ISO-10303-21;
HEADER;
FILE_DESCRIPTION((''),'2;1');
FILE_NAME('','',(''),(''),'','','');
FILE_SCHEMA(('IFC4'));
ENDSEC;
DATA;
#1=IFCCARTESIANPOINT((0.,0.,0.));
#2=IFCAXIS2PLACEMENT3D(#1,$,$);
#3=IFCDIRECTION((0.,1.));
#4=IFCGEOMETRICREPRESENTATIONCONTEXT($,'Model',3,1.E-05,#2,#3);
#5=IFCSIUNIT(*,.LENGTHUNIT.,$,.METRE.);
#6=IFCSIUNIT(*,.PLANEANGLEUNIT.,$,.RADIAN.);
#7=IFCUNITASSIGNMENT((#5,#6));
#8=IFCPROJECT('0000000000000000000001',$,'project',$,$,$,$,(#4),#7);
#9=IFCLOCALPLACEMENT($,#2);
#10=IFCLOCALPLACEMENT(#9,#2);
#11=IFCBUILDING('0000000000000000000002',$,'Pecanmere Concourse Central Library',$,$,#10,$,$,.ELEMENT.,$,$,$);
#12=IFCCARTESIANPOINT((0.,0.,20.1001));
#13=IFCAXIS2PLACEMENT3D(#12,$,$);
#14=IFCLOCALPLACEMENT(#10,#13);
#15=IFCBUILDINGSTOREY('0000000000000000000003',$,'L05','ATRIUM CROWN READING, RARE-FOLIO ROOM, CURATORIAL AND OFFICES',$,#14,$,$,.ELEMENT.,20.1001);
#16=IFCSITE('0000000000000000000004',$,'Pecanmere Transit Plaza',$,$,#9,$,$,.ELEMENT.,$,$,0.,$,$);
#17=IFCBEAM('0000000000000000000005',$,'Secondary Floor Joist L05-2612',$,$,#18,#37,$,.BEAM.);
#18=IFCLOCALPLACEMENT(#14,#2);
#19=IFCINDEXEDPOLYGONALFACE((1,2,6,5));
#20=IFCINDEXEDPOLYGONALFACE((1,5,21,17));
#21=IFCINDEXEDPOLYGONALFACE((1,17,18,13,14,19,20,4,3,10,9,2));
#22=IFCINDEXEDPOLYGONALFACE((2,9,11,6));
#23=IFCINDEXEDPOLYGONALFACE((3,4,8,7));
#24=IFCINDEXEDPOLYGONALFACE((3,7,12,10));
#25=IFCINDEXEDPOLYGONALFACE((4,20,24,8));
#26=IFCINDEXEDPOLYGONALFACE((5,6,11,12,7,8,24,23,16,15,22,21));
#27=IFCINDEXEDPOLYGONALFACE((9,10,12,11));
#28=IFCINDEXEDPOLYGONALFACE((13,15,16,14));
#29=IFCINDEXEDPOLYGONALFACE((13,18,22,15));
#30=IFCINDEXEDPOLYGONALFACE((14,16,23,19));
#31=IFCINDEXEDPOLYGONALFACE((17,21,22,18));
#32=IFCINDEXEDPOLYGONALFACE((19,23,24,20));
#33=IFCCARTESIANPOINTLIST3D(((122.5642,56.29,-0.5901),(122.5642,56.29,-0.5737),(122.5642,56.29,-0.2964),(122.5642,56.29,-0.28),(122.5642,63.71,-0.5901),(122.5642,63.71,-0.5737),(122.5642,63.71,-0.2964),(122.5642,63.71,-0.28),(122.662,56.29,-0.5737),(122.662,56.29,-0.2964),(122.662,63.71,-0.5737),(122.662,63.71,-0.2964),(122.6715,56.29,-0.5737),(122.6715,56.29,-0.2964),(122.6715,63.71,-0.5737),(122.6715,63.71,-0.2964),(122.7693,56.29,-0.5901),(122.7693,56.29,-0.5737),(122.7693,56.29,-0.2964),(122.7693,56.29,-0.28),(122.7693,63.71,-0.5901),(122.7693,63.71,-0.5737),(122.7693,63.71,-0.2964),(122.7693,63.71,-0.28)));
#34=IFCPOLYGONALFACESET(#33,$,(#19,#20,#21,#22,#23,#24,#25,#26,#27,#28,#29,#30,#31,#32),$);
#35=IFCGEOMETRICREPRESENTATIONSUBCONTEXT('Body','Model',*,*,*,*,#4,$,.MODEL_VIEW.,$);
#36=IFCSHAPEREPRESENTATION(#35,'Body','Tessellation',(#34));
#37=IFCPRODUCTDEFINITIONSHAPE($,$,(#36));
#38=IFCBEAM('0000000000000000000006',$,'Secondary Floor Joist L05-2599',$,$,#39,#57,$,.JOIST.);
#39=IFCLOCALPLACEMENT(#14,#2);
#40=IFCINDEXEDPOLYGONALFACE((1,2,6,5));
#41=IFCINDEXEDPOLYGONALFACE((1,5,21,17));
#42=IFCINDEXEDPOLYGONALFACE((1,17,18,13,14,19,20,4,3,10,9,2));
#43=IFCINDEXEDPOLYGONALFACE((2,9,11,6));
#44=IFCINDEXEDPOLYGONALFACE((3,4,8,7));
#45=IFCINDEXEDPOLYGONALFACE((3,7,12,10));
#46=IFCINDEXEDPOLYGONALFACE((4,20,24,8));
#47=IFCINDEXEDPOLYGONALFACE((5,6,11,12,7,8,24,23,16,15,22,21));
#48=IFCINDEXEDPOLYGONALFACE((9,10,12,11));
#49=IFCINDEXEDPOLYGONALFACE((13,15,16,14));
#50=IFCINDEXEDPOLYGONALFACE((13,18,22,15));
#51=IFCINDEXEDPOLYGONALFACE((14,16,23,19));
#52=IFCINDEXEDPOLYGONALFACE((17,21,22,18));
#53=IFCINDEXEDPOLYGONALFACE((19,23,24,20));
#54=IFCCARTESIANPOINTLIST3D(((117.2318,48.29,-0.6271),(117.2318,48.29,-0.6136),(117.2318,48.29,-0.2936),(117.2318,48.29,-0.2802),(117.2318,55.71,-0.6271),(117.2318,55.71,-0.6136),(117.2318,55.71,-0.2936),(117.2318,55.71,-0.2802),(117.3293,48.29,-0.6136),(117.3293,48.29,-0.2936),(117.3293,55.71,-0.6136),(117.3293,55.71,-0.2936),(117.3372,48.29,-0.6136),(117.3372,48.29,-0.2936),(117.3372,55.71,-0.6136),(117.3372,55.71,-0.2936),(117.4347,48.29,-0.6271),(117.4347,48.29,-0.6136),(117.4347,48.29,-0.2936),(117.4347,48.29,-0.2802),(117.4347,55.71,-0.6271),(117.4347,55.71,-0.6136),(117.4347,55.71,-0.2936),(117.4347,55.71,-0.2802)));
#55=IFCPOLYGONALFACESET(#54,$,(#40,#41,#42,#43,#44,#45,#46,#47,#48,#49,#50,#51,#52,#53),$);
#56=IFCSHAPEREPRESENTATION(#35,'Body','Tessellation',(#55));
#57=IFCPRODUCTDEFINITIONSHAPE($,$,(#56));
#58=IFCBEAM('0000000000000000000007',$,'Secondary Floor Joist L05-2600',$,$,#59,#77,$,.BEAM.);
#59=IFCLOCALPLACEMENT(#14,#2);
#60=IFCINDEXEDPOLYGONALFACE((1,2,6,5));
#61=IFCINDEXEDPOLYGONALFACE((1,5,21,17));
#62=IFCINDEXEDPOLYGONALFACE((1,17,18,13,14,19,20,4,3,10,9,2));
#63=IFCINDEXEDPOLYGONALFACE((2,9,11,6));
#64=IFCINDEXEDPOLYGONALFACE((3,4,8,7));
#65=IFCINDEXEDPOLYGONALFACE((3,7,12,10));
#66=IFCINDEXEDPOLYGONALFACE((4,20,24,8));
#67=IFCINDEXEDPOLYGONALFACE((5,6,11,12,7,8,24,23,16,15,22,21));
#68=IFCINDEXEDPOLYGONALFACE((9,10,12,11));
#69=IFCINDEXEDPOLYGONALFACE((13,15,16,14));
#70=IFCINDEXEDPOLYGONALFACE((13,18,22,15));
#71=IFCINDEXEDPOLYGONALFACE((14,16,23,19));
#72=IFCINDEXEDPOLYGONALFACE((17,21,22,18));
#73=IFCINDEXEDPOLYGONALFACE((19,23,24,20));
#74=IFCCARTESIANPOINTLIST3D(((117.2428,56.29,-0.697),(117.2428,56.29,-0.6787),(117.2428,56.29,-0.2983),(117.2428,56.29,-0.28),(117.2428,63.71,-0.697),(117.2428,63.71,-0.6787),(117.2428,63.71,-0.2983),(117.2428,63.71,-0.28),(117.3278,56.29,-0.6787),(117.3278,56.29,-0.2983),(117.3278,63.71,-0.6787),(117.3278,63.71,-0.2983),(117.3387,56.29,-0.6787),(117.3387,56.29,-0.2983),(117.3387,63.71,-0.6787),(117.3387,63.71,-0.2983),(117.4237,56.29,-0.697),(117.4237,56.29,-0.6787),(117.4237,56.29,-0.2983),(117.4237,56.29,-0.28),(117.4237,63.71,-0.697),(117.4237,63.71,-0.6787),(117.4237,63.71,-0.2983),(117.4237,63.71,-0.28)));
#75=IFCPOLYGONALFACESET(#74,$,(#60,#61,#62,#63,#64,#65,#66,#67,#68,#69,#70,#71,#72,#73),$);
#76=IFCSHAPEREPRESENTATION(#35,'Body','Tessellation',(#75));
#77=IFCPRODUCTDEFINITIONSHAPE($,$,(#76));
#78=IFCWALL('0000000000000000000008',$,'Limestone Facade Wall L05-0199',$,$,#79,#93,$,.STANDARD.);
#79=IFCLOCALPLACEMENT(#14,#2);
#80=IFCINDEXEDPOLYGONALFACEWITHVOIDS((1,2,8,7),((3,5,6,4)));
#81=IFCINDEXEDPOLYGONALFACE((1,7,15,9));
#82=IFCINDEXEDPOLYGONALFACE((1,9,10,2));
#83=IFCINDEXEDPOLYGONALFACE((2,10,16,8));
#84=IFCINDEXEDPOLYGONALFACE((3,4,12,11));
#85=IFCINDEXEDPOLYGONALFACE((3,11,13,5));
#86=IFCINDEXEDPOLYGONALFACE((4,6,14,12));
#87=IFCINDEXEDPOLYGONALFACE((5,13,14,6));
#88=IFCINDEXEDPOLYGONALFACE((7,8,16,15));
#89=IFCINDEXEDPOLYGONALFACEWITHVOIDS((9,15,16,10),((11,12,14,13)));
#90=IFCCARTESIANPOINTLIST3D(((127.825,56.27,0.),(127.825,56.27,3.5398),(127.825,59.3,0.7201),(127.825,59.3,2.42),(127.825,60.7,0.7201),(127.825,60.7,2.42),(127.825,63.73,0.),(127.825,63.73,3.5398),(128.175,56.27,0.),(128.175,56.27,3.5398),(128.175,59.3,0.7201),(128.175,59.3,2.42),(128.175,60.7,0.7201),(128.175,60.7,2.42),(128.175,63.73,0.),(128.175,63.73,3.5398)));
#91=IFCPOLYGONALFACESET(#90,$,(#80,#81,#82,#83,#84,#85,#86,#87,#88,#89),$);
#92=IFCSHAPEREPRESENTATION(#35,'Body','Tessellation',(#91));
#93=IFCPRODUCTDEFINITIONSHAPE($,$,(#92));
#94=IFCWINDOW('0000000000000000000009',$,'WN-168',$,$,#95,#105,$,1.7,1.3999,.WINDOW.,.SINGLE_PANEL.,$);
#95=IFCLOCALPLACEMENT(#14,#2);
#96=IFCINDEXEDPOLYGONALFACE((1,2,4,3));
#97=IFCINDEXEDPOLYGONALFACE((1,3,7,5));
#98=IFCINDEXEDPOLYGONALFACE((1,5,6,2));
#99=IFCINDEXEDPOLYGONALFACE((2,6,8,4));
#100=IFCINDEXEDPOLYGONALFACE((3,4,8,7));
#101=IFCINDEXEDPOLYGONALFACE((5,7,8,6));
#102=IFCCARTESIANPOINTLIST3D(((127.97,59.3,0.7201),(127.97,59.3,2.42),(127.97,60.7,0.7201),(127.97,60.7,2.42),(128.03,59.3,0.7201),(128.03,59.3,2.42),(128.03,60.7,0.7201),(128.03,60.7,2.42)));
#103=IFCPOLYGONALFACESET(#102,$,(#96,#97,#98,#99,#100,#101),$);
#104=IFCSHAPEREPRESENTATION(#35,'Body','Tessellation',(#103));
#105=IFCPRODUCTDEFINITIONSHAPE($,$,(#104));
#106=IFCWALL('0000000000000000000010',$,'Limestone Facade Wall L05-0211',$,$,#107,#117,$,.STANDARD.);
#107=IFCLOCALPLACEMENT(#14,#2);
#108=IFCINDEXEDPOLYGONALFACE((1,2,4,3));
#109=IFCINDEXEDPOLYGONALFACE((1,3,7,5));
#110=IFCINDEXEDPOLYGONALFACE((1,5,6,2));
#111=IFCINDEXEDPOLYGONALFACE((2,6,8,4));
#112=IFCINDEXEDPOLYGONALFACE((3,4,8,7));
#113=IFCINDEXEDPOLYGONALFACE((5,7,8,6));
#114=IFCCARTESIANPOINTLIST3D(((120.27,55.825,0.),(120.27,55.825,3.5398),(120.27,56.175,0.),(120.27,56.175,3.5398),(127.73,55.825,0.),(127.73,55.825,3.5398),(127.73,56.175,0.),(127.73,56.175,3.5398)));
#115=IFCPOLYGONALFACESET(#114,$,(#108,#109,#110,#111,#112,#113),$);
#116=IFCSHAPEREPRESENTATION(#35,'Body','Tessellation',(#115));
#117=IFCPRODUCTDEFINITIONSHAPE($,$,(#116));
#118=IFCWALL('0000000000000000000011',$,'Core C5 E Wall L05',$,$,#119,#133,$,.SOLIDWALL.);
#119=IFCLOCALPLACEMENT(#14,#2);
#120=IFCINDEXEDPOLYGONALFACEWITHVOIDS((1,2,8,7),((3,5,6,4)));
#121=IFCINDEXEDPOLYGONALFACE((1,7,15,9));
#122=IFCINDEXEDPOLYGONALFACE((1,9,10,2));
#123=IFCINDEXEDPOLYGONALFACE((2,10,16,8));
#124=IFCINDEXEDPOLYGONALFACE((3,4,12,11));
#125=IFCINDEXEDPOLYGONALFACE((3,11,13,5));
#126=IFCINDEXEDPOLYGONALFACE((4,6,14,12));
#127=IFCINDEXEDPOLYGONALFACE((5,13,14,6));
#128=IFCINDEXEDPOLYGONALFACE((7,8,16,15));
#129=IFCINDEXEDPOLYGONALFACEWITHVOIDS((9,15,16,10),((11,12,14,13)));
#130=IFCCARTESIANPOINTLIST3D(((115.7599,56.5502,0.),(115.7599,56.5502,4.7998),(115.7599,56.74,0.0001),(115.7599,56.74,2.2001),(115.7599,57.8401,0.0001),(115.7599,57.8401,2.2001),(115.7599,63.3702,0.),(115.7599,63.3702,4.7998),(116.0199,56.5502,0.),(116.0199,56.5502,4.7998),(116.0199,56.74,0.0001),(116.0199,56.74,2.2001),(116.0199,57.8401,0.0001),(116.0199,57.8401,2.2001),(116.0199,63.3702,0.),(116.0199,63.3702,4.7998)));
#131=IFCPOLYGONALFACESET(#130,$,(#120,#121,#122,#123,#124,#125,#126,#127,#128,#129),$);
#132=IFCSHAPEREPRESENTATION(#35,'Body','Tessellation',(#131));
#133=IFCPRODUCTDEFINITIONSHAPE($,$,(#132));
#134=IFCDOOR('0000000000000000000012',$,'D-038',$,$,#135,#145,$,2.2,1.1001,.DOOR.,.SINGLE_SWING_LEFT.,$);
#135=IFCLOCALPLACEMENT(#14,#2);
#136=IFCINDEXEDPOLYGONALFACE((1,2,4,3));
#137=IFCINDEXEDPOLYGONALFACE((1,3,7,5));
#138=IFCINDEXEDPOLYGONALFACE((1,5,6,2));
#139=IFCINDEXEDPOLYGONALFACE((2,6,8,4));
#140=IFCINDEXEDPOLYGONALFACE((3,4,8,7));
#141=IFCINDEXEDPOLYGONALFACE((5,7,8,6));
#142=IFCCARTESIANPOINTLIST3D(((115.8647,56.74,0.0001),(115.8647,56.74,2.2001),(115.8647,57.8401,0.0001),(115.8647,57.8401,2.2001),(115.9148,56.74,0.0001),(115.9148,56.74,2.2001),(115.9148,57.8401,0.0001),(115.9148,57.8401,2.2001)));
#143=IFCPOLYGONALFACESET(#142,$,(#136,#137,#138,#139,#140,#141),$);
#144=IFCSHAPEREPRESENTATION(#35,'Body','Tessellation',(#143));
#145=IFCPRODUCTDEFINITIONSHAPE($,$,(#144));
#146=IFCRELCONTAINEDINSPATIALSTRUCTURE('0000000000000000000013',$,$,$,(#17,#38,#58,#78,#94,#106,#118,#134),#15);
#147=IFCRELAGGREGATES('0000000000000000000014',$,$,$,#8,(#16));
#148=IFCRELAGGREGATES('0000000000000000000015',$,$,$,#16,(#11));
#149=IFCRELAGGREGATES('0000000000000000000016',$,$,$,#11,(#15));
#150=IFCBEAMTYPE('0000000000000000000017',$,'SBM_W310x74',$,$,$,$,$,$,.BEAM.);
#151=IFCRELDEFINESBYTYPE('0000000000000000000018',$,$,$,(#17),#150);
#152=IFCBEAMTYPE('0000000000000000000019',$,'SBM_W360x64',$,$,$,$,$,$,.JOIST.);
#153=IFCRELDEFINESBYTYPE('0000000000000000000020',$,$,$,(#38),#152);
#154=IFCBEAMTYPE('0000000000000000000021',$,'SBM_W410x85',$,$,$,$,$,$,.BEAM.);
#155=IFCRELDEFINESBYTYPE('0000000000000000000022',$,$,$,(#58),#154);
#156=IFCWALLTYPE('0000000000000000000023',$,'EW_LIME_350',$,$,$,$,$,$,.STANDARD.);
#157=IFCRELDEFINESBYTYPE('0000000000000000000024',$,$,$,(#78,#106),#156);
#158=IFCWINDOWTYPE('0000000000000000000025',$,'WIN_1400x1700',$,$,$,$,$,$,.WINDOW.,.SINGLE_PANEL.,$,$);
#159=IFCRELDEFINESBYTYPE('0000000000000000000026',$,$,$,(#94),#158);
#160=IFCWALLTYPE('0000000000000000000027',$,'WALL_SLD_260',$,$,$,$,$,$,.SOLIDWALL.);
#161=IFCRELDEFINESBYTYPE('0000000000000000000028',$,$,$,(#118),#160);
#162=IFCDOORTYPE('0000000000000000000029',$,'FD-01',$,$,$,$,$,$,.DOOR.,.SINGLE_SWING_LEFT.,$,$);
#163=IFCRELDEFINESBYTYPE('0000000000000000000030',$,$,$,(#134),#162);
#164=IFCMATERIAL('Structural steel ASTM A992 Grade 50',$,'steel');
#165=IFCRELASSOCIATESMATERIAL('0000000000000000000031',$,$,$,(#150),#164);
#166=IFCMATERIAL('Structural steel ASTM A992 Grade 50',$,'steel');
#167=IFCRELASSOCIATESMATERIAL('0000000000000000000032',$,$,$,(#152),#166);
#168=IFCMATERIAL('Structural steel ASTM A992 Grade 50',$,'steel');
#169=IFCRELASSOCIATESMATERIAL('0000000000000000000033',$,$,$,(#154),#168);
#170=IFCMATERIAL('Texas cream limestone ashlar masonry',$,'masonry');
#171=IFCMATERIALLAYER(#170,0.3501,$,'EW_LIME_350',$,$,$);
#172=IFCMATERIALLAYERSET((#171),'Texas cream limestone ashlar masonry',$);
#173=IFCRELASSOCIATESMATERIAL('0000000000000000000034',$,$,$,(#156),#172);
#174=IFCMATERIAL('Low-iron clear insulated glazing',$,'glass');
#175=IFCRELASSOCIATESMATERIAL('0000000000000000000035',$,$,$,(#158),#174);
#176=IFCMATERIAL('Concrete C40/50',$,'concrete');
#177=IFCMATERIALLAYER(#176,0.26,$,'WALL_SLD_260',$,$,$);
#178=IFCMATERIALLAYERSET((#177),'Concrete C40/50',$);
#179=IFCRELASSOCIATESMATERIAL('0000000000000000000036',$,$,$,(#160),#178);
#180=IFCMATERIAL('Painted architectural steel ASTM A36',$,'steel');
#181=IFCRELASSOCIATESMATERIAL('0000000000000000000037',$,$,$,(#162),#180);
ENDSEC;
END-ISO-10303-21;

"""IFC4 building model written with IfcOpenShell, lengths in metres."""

from ifc_helpers import new_model, si_unit, direction, frame, frame_2d, origin, origin_2d, place, context, subcontext, project, spatial, rectangle, i_section, extrude, material, layer, layer_set, material_profile, profile_set, type_object, element, fill, save


model = new_model("IFC4")

# Units and contexts
model_context = context("Model", 3, precision=1e-05, world=origin(), true_north=direction((0.0, 1.0)))
body_context = subcontext(model_context, "Body", "Model", "MODEL_VIEW")
ifc_project = project(units=[si_unit("LENGTHUNIT", "METRE"), si_unit("PLANEANGLEUNIT", "RADIAN")], contexts=[model_context])

# Site, building, storey
site_placement = place(None, origin())
site = spatial("IfcSite", under=ifc_project, at=site_placement, Name="Pecanmere Transit Plaza", CompositionType="ELEMENT", RefElevation=0.0)
building_placement = place(site_placement, origin())
building = spatial("IfcBuilding", under=site, at=building_placement, Name="Pecanmere Concourse Central Library", CompositionType="ELEMENT")
storey_placement = place(building_placement, frame((0.0, 0.0, 20.1001)))
storey = spatial("IfcBuildingStorey", under=building, at=storey_placement, Name="L05", Description="ATRIUM CROWN READING, RARE-FOLIO ROOM, CURATORIAL AND OFFICES", CompositionType="ELEMENT", Elevation=20.1001)

# Beams
ifc_material_1 = material(Name="Structural steel ASTM A992 Grade 50", Category="steel")
ifc_material_profile_1 = material_profile(ifc_material_1, i_section(OverallWidth=0.2051, OverallDepth=0.3101, WebThickness=0.0095, FlangeThickness=0.0164, at=origin_2d()), Name="W310x74")
ifc_profile_set_1 = profile_set([ifc_material_profile_1], Name="Structural steel ASTM A992 Grade 50")
beam_type_1 = type_object("IfcBeamType", Name="SBM_W310x74", PredefinedType="BEAM", material=ifc_profile_set_1)
beam_1_placement = place(storey_placement, frame((122.6667, 56.29, -0.4351), z_axis=(0.0, 1.0, 0.0), x_axis=(-1.0, 0.0, 0.0)))
element("IfcBeam", 1, at=beam_1_placement, inside=storey, type_object=beam_type_1, Name="Secondary Floor Joist L05-2612", PredefinedType="BEAM", context=body_context, shape_type="SweptSolid", body=[
    extrude(i_section(OverallWidth=0.2051, OverallDepth=0.3101, WebThickness=0.0095, FlangeThickness=0.0164, at=origin_2d()), origin(), (0.0, 0.0, 1.0), 7.4199),
])
ifc_material_2 = material(Name="Structural steel ASTM A992 Grade 50", Category="steel")
ifc_material_profile_2 = material_profile(ifc_material_2, i_section(OverallWidth=0.2029, OverallDepth=0.3469, WebThickness=0.0078, FlangeThickness=0.0134, at=origin_2d()), Name="W360x64")
ifc_profile_set_2 = profile_set([ifc_material_profile_2], Name="Structural steel ASTM A992 Grade 50")
beam_type_2 = type_object("IfcBeamType", Name="SBM_W360x64", PredefinedType="JOIST", material=ifc_profile_set_2)
beam_2_placement = place(storey_placement, frame((117.3333, 48.29, -0.4536), z_axis=(0.0, 1.0, 0.0), x_axis=(-1.0, 0.0, 0.0)))
element("IfcBeam", 2, at=beam_2_placement, inside=storey, type_object=beam_type_2, Name="Secondary Floor Joist L05-2599", PredefinedType="JOIST", context=body_context, shape_type="SweptSolid", body=[
    extrude(i_section(OverallWidth=0.2029, OverallDepth=0.3469, WebThickness=0.0078, FlangeThickness=0.0134, at=origin_2d()), origin(), (0.0, 0.0, 1.0), 7.4199),
])
ifc_material_3 = material(Name="Structural steel ASTM A992 Grade 50", Category="steel")
ifc_material_profile_3 = material_profile(ifc_material_3, i_section(OverallWidth=0.1809, OverallDepth=0.417, WebThickness=0.011, FlangeThickness=0.0183, at=origin_2d()), Name="W410x85")
ifc_profile_set_3 = profile_set([ifc_material_profile_3], Name="Structural steel ASTM A992 Grade 50")
beam_type_3 = type_object("IfcBeamType", Name="SBM_W410x85", PredefinedType="BEAM", material=ifc_profile_set_3)
beam_3_placement = place(storey_placement, frame((117.3333, 56.29, -0.4885), z_axis=(0.0, 1.0, 0.0), x_axis=(-1.0, 0.0, 0.0)))
element("IfcBeam", 3, at=beam_3_placement, inside=storey, type_object=beam_type_3, Name="Secondary Floor Joist L05-2600", PredefinedType="BEAM", context=body_context, shape_type="SweptSolid", body=[
    extrude(i_section(OverallWidth=0.1809, OverallDepth=0.417, WebThickness=0.011, FlangeThickness=0.0183, at=origin_2d()), origin(), (0.0, 0.0, 1.0), 7.4199),
])

# Wall, opening, window
ifc_material_4 = material(Name="Texas cream limestone ashlar masonry", Category="masonry")
ifc_layer_1 = layer(ifc_material_4, 0.3501, Name="EW_LIME_350")
ifc_layer_set_1 = layer_set([ifc_layer_1], Name="Texas cream limestone ashlar masonry")
wall_type_1 = type_object("IfcWallType", Name="EW_LIME_350", PredefinedType="STANDARD", material=ifc_layer_set_1)
wall_1_placement = place(storey_placement, frame((128.0, 56.27, 0.0), z_axis=(0.0, 0.0, 1.0), x_axis=(0.0, 1.0, 0.0)))
wall_1 = element("IfcWall", 4, at=wall_1_placement, inside=storey, type_object=wall_type_1, Name="Limestone Facade Wall L05-0199", PredefinedType="STANDARD", context=body_context, shape_type="SweptSolid", body=[
    extrude(rectangle(XDim=7.46, YDim=0.3501, at=frame_2d((3.73, 0.0))), origin(), (0.0, 0.0, 1.0), 3.5398),
])
opening_1_placement = place(wall_1_placement, frame((3.03, 0.0, 0.72)))
opening_1 = element("IfcOpeningElement", 5, at=opening_1_placement, cuts=wall_1, PredefinedType="OPENING", context=body_context, shape_type="SweptSolid", body=[
    extrude(rectangle(XDim=1.3999, YDim=1.7, at=frame_2d((0.7, 0.8501))), frame((0.0, 0.187, 0.0), z_axis=(0.0, -1.0, 0.0), x_axis=(1.0, 0.0, 0.0)), (0.0, 0.0, 1.0), 0.374),
])
ifc_material_5 = material(Name="Low-iron clear insulated glazing", Category="glass")
window_type = type_object("IfcWindowType", Name="WIN_1400x1700", PartitioningType="SINGLE_PANEL", PredefinedType="WINDOW", material=ifc_material_5)
window_placement = place(opening_1_placement, origin())
window = element("IfcWindow", 6, at=window_placement, inside=storey, type_object=window_type, Name="WN-168", OverallHeight=1.7, OverallWidth=1.3999, PartitioningType="SINGLE_PANEL", PredefinedType="WINDOW", context=body_context, shape_type="SweptSolid", body=[
    extrude(rectangle(XDim=1.3999, YDim=1.7, at=frame_2d((0.7, 0.8501))), frame((0.0, 0.03, 0.0), z_axis=(0.0, -1.0, 0.0), x_axis=(1.0, 0.0, 0.0)), (0.0, 0.0, 1.0), 0.0601),
])
fill(opening_1, window)

# Wall
wall_2_placement = place(storey_placement, frame((120.27, 56.0, 0.0), z_axis=(0.0, 0.0, 1.0), x_axis=(1.0, 0.0, 0.0)))
element("IfcWall", 7, at=wall_2_placement, inside=storey, type_object=wall_type_1, Name="Limestone Facade Wall L05-0211", PredefinedType="STANDARD", context=body_context, shape_type="SweptSolid", body=[
    extrude(rectangle(XDim=7.46, YDim=0.3501, at=frame_2d((3.73, 0.0))), origin(), (0.0, 0.0, 1.0), 3.5398),
])

# Wall, opening, door
ifc_material_6 = material(Name="Concrete C40/50", Category="concrete")
ifc_layer_2 = layer(ifc_material_6, 0.26, Name="WALL_SLD_260")
ifc_layer_set_2 = layer_set([ifc_layer_2], Name="Concrete C40/50")
wall_type_2 = type_object("IfcWallType", Name="WALL_SLD_260", PredefinedType="SOLIDWALL", material=ifc_layer_set_2)
wall_3_placement = place(storey_placement, frame((115.8899, 56.55, 0.0), z_axis=(0.0, 0.0, 1.0), x_axis=(0.0, 1.0, 0.0)))
wall_3 = element("IfcWall", 8, at=wall_3_placement, inside=storey, type_object=wall_type_2, Name="Core C5 E Wall L05", PredefinedType="SOLIDWALL", context=body_context, shape_type="SweptSolid", body=[
    extrude(rectangle(XDim=6.8201, YDim=0.26, at=frame_2d((3.4102, 0.0))), origin(), (0.0, 0.0, 1.0), 4.7998),
])
opening_2_placement = place(wall_3_placement, frame((0.1899, 0.0, 0.0)))
opening_2 = element("IfcOpeningElement", 9, at=opening_2_placement, cuts=wall_3, PredefinedType="OPENING", context=body_context, shape_type="SweptSolid", body=[
    extrude(rectangle(XDim=1.1001, YDim=2.2, at=frame_2d((0.55, 1.1001))), frame((0.0, 0.1421, 0.0), z_axis=(0.0, -1.0, 0.0), x_axis=(1.0, 0.0, 0.0)), (0.0, 0.0, 1.0), 0.2839),
])
ifc_material_7 = material(Name="Painted architectural steel ASTM A36", Category="steel")
door_type = type_object("IfcDoorType", Name="FD-01", OperationType="SINGLE_SWING_LEFT", PredefinedType="DOOR", material=ifc_material_7)
door_placement = place(opening_2_placement, frame((1.1001, 0.0, 0.0), z_axis=(0.0, 0.0, 1.0), x_axis=(-1.0, 0.0, 0.0)))
door = element("IfcDoor", 10, at=door_placement, inside=storey, type_object=door_type, Name="D-038", OperationType="SINGLE_SWING_LEFT", OverallHeight=2.2, OverallWidth=1.1001, PredefinedType="DOOR", context=body_context, shape_type="SweptSolid", body=[
    extrude(rectangle(XDim=1.1001, YDim=2.2, at=frame_2d((0.55, 1.1001))), frame((0.0, 0.0249, 0.0), z_axis=(0.0, -1.0, 0.0), x_axis=(1.0, 0.0, 0.0)), (0.0, 0.0, 1.0), 0.05),
])
fill(opening_2, door)

save(model, "model.ifc")
